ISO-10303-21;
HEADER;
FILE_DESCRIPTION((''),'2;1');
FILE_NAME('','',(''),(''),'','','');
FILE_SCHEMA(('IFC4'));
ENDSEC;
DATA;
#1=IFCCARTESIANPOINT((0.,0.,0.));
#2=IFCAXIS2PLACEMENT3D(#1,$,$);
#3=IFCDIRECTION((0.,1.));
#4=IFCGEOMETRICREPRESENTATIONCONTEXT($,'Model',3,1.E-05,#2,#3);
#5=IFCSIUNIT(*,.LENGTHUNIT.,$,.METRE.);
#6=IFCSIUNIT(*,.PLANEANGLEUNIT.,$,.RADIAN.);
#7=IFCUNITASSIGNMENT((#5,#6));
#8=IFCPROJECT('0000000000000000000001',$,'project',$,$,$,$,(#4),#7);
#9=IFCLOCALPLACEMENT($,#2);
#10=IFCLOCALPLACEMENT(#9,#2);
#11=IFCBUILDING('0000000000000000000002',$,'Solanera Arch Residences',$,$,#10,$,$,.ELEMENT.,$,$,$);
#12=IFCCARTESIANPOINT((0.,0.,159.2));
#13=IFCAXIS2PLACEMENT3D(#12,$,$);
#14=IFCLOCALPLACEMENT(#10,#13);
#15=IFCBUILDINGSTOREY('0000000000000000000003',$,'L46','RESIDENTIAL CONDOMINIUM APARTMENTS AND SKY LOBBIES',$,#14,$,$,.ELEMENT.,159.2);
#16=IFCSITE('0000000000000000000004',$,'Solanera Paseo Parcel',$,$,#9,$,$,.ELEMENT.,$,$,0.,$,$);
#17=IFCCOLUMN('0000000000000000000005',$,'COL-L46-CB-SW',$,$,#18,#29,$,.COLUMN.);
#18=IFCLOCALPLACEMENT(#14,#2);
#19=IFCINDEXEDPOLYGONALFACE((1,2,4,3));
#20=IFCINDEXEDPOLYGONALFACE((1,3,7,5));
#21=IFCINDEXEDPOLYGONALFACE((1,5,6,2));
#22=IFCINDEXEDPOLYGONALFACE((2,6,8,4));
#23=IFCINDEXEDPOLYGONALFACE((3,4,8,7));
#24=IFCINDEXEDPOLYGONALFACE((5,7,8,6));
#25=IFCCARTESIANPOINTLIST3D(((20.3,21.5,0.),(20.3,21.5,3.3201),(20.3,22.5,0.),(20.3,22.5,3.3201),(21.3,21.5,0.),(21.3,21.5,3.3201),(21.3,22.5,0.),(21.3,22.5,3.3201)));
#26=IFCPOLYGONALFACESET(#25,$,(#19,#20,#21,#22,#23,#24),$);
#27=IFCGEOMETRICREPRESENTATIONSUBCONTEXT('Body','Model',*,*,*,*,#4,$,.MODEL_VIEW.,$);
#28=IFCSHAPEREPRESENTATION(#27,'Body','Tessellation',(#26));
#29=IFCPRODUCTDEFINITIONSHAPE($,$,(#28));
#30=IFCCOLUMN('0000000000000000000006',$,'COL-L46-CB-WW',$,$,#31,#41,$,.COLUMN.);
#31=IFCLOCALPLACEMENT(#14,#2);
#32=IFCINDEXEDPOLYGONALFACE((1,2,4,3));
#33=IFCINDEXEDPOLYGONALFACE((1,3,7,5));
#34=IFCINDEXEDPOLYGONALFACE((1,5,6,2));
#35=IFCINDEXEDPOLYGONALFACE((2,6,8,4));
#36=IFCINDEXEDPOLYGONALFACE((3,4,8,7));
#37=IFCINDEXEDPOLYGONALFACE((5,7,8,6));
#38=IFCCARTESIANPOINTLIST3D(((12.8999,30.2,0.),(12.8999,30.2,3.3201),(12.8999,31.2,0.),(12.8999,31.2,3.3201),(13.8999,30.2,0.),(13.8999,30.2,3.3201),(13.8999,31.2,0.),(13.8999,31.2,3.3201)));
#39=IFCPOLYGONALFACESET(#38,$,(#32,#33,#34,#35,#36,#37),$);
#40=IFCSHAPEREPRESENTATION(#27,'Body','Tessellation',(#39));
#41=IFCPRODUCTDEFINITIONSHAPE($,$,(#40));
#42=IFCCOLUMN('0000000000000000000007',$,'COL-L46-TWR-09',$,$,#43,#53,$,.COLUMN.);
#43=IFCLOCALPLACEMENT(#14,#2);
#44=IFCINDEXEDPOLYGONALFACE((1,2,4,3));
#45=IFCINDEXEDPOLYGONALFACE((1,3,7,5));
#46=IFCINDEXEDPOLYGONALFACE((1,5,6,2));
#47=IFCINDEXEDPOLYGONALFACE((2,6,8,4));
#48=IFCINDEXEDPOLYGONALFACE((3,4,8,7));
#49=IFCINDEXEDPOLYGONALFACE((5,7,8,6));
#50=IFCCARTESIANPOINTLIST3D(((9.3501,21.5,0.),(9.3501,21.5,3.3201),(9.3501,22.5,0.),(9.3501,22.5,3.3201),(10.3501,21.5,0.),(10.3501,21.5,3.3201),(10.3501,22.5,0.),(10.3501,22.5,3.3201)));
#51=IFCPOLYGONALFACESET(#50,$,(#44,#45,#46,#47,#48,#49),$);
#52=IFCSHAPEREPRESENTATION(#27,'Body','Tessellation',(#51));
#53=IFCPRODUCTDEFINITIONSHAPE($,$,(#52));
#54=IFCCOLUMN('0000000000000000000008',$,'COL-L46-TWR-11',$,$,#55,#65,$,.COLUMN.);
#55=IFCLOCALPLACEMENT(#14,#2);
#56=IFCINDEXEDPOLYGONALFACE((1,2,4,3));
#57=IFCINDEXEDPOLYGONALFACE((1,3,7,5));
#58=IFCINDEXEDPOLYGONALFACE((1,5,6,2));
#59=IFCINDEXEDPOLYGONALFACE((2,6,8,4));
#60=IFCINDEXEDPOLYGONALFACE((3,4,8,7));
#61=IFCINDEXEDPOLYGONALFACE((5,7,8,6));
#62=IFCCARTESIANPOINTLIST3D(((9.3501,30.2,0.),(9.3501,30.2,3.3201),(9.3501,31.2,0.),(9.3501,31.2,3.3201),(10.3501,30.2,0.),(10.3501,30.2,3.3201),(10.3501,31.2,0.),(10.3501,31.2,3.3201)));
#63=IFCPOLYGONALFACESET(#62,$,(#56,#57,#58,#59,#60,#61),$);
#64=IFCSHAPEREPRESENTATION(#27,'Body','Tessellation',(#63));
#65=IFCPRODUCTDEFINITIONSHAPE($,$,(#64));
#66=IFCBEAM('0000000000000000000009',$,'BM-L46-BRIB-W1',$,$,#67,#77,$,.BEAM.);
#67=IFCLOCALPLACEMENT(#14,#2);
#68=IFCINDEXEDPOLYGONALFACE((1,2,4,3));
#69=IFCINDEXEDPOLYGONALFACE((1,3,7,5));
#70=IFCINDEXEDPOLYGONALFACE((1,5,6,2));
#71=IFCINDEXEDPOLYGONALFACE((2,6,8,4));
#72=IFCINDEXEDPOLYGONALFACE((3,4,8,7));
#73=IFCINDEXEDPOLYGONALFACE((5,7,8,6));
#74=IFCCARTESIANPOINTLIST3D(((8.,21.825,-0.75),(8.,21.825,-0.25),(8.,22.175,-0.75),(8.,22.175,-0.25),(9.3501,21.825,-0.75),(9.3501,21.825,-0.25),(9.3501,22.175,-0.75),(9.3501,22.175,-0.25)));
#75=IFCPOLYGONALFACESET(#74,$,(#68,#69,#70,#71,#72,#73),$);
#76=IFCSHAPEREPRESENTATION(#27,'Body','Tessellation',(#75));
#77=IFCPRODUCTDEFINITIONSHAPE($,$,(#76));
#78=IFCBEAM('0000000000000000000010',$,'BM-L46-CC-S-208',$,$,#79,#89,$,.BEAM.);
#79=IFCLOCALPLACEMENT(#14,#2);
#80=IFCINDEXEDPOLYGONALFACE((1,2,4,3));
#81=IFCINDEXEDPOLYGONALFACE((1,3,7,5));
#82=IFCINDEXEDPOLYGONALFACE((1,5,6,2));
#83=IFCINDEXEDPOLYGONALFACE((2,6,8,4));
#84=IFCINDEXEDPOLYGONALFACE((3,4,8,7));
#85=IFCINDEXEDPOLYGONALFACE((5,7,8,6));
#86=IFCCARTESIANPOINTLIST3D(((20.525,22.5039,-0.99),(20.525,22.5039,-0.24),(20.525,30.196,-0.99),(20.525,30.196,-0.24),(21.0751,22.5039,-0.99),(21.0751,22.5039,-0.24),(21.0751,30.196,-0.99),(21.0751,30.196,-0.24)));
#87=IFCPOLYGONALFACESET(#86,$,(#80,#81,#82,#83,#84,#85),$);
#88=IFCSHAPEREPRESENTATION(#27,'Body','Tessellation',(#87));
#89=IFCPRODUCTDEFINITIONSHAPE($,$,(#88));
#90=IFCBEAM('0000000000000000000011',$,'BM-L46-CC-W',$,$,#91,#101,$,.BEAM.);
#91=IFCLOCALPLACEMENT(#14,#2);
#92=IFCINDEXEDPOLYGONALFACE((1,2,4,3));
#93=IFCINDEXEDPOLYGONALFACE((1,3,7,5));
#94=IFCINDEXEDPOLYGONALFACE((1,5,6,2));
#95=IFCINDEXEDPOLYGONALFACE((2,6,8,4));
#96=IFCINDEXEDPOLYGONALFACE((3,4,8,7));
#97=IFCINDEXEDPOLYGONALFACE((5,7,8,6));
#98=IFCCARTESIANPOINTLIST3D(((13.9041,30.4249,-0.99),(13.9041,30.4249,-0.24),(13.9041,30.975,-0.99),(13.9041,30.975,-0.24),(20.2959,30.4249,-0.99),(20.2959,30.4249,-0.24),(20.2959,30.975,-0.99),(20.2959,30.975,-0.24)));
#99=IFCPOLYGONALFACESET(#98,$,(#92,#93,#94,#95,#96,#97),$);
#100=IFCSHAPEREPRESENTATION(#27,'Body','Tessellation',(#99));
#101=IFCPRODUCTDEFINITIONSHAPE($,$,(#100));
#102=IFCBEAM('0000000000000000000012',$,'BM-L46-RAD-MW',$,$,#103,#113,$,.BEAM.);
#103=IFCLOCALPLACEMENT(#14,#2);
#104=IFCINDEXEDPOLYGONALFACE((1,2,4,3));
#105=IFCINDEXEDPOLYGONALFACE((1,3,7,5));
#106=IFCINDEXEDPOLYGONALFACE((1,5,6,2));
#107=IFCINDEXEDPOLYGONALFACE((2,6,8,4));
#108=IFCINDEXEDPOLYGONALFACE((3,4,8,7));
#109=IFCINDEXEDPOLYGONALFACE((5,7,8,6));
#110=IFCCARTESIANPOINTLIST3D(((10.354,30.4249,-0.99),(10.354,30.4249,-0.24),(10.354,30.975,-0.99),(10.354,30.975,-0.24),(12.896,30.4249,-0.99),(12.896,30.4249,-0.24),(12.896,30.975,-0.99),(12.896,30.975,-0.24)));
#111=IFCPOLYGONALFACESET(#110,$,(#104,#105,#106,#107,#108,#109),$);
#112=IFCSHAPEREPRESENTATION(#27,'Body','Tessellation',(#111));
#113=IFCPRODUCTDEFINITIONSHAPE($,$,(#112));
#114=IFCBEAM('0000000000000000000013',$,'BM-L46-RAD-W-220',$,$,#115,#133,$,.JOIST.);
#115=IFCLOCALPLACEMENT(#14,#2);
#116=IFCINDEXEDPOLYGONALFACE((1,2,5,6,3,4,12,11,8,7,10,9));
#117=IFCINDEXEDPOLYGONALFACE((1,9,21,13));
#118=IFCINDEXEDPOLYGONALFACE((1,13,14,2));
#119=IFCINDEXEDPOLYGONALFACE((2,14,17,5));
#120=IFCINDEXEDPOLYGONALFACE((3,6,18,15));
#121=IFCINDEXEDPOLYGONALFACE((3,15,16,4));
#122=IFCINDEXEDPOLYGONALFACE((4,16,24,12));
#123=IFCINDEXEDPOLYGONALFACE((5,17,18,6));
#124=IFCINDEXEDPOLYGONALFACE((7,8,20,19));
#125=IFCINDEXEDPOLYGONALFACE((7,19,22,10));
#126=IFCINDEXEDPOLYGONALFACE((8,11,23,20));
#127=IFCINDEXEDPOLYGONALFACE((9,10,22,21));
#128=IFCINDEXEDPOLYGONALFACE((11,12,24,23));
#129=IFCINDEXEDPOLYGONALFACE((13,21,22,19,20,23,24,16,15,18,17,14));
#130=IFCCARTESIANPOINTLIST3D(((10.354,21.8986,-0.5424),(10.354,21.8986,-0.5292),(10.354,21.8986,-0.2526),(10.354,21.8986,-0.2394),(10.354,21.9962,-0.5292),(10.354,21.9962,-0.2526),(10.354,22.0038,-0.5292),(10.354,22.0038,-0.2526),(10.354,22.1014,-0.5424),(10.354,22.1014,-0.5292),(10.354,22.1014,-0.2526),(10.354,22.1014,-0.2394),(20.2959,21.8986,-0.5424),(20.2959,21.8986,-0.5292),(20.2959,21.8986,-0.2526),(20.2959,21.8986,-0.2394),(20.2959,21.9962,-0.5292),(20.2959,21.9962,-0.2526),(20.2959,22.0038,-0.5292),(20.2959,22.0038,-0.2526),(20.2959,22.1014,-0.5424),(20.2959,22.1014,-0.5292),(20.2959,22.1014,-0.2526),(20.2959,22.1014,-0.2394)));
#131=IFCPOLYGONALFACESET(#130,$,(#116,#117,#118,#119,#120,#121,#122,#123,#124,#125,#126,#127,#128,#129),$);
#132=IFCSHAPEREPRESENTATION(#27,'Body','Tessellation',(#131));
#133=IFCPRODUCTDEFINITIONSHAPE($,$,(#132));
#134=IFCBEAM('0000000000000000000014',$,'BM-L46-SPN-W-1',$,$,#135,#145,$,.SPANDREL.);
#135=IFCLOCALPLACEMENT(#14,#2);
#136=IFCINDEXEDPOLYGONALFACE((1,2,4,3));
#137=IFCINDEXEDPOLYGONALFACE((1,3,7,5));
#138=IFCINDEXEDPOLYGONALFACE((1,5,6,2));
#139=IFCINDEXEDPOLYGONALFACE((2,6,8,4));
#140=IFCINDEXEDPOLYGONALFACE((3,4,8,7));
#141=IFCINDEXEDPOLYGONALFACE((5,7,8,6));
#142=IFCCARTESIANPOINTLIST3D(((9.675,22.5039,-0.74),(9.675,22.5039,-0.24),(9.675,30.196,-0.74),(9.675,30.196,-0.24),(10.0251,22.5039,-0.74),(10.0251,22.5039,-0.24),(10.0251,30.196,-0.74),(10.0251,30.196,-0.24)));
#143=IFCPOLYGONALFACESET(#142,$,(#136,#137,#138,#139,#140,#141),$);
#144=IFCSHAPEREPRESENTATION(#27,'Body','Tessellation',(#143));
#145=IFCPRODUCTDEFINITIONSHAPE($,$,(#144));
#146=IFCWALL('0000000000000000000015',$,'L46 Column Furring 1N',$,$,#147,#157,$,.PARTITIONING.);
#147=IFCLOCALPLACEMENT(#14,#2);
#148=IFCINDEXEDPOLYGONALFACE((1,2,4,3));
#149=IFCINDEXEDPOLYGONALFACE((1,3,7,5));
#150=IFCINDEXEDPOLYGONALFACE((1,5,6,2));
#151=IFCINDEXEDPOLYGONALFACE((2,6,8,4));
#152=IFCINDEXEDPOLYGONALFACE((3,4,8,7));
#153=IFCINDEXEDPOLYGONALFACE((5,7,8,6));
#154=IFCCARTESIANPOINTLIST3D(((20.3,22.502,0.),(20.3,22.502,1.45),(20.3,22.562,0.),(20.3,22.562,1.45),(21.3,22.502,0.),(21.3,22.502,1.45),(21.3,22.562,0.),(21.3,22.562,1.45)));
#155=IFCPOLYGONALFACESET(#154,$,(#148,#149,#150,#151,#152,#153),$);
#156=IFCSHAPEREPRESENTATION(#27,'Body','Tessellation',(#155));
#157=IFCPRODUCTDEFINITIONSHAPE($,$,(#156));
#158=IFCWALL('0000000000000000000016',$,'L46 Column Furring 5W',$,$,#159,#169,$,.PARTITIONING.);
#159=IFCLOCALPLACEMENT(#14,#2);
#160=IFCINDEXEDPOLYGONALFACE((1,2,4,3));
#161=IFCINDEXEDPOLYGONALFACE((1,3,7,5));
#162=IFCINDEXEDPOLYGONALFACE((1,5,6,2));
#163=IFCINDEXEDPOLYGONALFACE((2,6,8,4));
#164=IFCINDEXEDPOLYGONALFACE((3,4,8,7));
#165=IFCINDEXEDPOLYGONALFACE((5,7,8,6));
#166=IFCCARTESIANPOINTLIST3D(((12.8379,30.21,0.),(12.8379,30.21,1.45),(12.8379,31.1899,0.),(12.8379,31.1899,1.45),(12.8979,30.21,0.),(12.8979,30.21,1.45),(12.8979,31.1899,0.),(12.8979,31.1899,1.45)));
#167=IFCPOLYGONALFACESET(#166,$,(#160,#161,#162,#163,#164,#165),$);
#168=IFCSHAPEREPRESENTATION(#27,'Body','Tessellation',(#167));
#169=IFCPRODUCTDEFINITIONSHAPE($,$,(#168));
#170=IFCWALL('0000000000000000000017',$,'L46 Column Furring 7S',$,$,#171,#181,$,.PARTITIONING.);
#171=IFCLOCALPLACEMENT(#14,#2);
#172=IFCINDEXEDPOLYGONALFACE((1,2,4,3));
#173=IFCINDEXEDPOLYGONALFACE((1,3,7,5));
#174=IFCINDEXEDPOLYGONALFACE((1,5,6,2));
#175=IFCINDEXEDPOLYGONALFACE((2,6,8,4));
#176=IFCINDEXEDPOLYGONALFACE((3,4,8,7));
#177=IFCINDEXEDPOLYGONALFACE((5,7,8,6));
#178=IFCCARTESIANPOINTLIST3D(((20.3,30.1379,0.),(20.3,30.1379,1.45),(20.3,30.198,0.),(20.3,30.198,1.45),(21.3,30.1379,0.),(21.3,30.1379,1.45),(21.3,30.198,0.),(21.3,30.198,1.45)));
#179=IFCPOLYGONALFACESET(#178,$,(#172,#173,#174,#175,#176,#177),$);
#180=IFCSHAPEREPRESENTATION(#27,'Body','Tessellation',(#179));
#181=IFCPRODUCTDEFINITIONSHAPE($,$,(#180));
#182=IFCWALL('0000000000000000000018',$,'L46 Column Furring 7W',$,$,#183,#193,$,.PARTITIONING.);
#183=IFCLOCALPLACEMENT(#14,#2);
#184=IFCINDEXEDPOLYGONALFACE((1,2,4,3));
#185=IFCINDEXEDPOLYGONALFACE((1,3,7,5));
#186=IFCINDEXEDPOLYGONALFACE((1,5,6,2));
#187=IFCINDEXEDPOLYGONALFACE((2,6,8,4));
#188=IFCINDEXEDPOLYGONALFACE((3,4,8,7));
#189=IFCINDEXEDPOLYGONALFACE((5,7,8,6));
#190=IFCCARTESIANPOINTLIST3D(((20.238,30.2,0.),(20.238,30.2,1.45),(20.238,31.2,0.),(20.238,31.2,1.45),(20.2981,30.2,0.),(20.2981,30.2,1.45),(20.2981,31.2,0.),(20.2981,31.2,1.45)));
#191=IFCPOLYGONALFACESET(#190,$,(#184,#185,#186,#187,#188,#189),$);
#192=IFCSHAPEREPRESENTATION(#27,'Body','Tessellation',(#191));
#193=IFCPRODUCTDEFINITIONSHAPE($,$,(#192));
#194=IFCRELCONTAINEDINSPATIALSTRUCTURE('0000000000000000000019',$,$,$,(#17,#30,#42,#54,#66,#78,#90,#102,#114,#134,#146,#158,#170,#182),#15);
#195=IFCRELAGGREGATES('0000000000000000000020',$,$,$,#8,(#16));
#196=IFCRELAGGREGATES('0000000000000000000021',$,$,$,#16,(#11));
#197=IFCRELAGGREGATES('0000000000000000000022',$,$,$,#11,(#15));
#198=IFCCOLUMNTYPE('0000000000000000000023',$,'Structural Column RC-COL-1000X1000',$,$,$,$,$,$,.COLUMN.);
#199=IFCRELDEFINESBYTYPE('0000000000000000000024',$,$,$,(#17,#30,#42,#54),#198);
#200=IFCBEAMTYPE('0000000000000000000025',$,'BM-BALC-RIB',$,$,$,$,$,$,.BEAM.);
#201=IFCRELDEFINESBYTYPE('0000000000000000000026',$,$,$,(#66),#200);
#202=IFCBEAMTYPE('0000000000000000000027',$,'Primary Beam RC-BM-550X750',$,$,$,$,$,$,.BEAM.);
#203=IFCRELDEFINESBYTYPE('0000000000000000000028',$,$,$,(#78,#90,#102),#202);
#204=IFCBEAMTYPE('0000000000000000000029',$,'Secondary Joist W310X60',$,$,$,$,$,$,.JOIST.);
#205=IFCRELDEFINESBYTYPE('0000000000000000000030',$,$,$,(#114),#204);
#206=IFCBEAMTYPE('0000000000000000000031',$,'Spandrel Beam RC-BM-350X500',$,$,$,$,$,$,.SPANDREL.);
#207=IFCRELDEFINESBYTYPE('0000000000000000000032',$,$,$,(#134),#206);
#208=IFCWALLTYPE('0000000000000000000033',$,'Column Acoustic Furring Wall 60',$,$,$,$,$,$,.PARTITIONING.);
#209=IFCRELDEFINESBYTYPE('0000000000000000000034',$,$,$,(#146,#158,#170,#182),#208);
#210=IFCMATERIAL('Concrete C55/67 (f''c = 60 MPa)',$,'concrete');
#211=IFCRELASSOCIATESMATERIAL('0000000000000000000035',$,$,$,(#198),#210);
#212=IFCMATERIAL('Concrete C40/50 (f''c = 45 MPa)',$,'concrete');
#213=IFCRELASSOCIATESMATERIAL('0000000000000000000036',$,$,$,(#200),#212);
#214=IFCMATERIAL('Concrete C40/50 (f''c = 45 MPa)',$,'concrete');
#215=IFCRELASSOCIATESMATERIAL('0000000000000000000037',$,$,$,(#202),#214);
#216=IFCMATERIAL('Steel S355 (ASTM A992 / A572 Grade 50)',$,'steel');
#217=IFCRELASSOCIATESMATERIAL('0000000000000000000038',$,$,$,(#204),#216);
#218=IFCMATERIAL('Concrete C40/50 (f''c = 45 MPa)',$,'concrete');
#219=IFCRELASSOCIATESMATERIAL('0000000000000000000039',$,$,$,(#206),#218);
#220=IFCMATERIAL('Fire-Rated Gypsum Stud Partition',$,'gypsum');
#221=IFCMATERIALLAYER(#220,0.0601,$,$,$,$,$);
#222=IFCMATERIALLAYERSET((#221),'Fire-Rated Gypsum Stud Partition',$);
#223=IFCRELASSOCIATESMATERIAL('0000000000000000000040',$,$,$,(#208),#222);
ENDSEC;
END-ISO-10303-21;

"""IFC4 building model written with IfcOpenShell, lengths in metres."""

from ifc_helpers import new_model, si_unit, direction, frame, frame_2d, origin, origin_2d, place, context, subcontext, project, spatial, rectangle, i_section, extrude, material, layer, layer_set, material_profile, profile_set, type_object, element, save


model = new_model("IFC4")

# Units and contexts
model_context = context("Model", 3, precision=1e-05, world=origin(), true_north=direction((0.0, 1.0)))
body_context = subcontext(model_context, "Body", "Model", "MODEL_VIEW")
ifc_project = project(units=[si_unit("LENGTHUNIT", "METRE"), si_unit("PLANEANGLEUNIT", "RADIAN")], contexts=[model_context])

# Site, building, storey
site_placement = place(None, origin())
site = spatial("IfcSite", under=ifc_project, at=site_placement, Name="Solanera Paseo Parcel", CompositionType="ELEMENT", RefElevation=0.0)
building_placement = place(site_placement, origin())
building = spatial("IfcBuilding", under=site, at=building_placement, Name="Solanera Arch Residences", CompositionType="ELEMENT")
storey_placement = place(building_placement, frame((0.0, 0.0, 159.2)))
storey = spatial("IfcBuildingStorey", under=building, at=storey_placement, Name="L46", Description="RESIDENTIAL CONDOMINIUM APARTMENTS AND SKY LOBBIES", CompositionType="ELEMENT", Elevation=159.2)

# Columns
ifc_material_1 = material(Name="Concrete C55/67 (f'c = 60 MPa)", Category="concrete")
ifc_material_profile_1 = material_profile(ifc_material_1, rectangle(XDim=1.0, YDim=1.0, at=origin_2d()))
ifc_profile_set_1 = profile_set([ifc_material_profile_1], Name="Concrete C55/67 (f'c = 60 MPa)")
column_type = type_object("IfcColumnType", Name="Structural Column RC-COL-1000X1000", PredefinedType="COLUMN", material=ifc_profile_set_1)
for number, where, z_axis, x_axis, name in (
    (1, (20.8, 22.0, 0.0), (0.0, 0.0, 1.0), (1.0, 0.0, 0.0), "COL-L46-CB-SW"),
    (2, (13.3999, 30.7, 0.0), (0.0, 0.0, 1.0), (1.0, 0.0, 0.0), "COL-L46-CB-WW"),
    (3, (9.8501, 22.0, 0.0), (0.0, 0.0, 1.0), (1.0, 0.0, 0.0), "COL-L46-TWR-09"),
    (4, (9.8501, 30.7, 0.0), (0.0, 0.0, 1.0), (1.0, 0.0, 0.0), "COL-L46-TWR-11"),
):
    element("IfcColumn", number, at=place(storey_placement, frame(where, z_axis=z_axis, x_axis=x_axis)), inside=storey, type_object=column_type, Name=name, PredefinedType="COLUMN", context=body_context, shape_type="SweptSolid", body=[
        extrude(rectangle(XDim=1.0, YDim=1.0, at=origin_2d()), origin(), (0.0, 0.0, 1.0), 3.3201),
    ])

# Beams
ifc_material_2 = material(Name="Concrete C40/50 (f'c = 45 MPa)", Category="concrete")
ifc_material_profile_2 = material_profile(ifc_material_2, rectangle(XDim=0.3501, YDim=0.5, at=origin_2d()))
ifc_profile_set_2 = profile_set([ifc_material_profile_2], Name="Concrete C40/50 (f'c = 45 MPa)")
beam_type_1 = type_object("IfcBeamType", Name="BM-BALC-RIB", PredefinedType="BEAM", material=ifc_profile_set_2)
beam_1_placement = place(storey_placement, frame((8.0, 22.0, -0.5), z_axis=(1.0, 0.0, 0.0), x_axis=(0.0, 1.0, 0.0)))
element("IfcBeam", 5, at=beam_1_placement, inside=storey, type_object=beam_type_1, Name="BM-L46-BRIB-W1", PredefinedType="BEAM", context=body_context, shape_type="SweptSolid", body=[
    extrude(rectangle(XDim=0.3501, YDim=0.5, at=origin_2d()), origin(), (0.0, 0.0, 1.0), 1.3501),
])
ifc_material_3 = material(Name="Concrete C40/50 (f'c = 45 MPa)", Category="concrete")
ifc_material_profile_3 = material_profile(ifc_material_3, rectangle(XDim=0.55, YDim=0.75, at=origin_2d()))
ifc_profile_set_3 = profile_set([ifc_material_profile_3], Name="Concrete C40/50 (f'c = 45 MPa)")
beam_type_2 = type_object("IfcBeamType", Name="Primary Beam RC-BM-550X750", PredefinedType="BEAM", material=ifc_profile_set_3)
beam_2_placement = place(storey_placement, frame((20.8, 22.5039, -0.615), z_axis=(0.0, 1.0, 0.0), x_axis=(-1.0, 0.0, 0.0)))
element("IfcBeam", 6, at=beam_2_placement, inside=storey, type_object=beam_type_2, Name="BM-L46-CC-S-208", PredefinedType="BEAM", context=body_context, shape_type="SweptSolid", body=[
    extrude(rectangle(XDim=0.55, YDim=0.75, at=origin_2d()), origin(), (0.0, 0.0, 1.0), 7.6921),
])
beam_3_placement = place(storey_placement, frame((13.9041, 30.7, -0.615), z_axis=(1.0, 0.0, 0.0), x_axis=(0.0, 1.0, 0.0)))
element("IfcBeam", 7, at=beam_3_placement, inside=storey, type_object=beam_type_2, Name="BM-L46-CC-W", PredefinedType="BEAM", context=body_context, shape_type="SweptSolid", body=[
    extrude(rectangle(XDim=0.55, YDim=0.75, at=origin_2d()), origin(), (0.0, 0.0, 1.0), 6.3918),
])
beam_4_placement = place(storey_placement, frame((10.354, 30.7, -0.615), z_axis=(1.0, 0.0, 0.0), x_axis=(0.0, 1.0, 0.0)))
element("IfcBeam", 8, at=beam_4_placement, inside=storey, type_object=beam_type_2, Name="BM-L46-RAD-MW", PredefinedType="BEAM", context=body_context, shape_type="SweptSolid", body=[
    extrude(rectangle(XDim=0.55, YDim=0.75, at=origin_2d()), origin(), (0.0, 0.0, 1.0), 2.542),
])
ifc_material_4 = material(Name="Steel S355 (ASTM A992 / A572 Grade 50)", Category="steel")
ifc_material_profile_4 = material_profile(ifc_material_4, i_section(OverallWidth=0.2029, OverallDepth=0.303, WebThickness=0.0076, FlangeThickness=0.0132, at=origin_2d()))
ifc_profile_set_4 = profile_set([ifc_material_profile_4], Name="Steel S355 (ASTM A992 / A572 Grade 50)")
beam_type_3 = type_object("IfcBeamType", Name="Secondary Joist W310X60", PredefinedType="JOIST", material=ifc_profile_set_4)
beam_5_placement = place(storey_placement, frame((10.354, 22.0, -0.3909), z_axis=(1.0, 0.0, 0.0), x_axis=(0.0, 1.0, 0.0)))
element("IfcBeam", 9, at=beam_5_placement, inside=storey, type_object=beam_type_3, Name="BM-L46-RAD-W-220", PredefinedType="JOIST", context=body_context, shape_type="SweptSolid", body=[
    extrude(i_section(OverallWidth=0.2029, OverallDepth=0.303, WebThickness=0.0076, FlangeThickness=0.0132, at=origin_2d()), origin(), (0.0, 0.0, 1.0), 9.9419),
])
ifc_material_5 = material(Name="Concrete C40/50 (f'c = 45 MPa)", Category="concrete")
ifc_material_profile_5 = material_profile(ifc_material_5, rectangle(XDim=0.3501, YDim=0.5, at=origin_2d()))
ifc_profile_set_5 = profile_set([ifc_material_profile_5], Name="Concrete C40/50 (f'c = 45 MPa)")
beam_type_4 = type_object("IfcBeamType", Name="Spandrel Beam RC-BM-350X500", PredefinedType="SPANDREL", material=ifc_profile_set_5)
beam_6_placement = place(storey_placement, frame((9.8501, 22.5039, -0.49), z_axis=(0.0, 1.0, 0.0), x_axis=(-1.0, 0.0, 0.0)))
element("IfcBeam", 10, at=beam_6_placement, inside=storey, type_object=beam_type_4, Name="BM-L46-SPN-W-1", PredefinedType="SPANDREL", context=body_context, shape_type="SweptSolid", body=[
    extrude(rectangle(XDim=0.3501, YDim=0.5, at=origin_2d()), origin(), (0.0, 0.0, 1.0), 7.6921),
])

# Walls
ifc_material_6 = material(Name="Fire-Rated Gypsum Stud Partition", Category="gypsum")
ifc_layer_1 = layer(ifc_material_6, 0.0601)
ifc_layer_set_1 = layer_set([ifc_layer_1], Name="Fire-Rated Gypsum Stud Partition")
wall_type_1 = type_object("IfcWallType", Name="Column Acoustic Furring Wall 60", PredefinedType="PARTITIONING", material=ifc_layer_set_1)
wall_1_placement = place(storey_placement, frame((20.3, 22.532, 0.0), z_axis=(0.0, 0.0, 1.0), x_axis=(1.0, 0.0, 0.0)))
element("IfcWall", 11, at=wall_1_placement, inside=storey, type_object=wall_type_1, Name="L46 Column Furring 1N", PredefinedType="PARTITIONING", context=body_context, shape_type="SweptSolid", body=[
    extrude(rectangle(XDim=1.0, YDim=0.0601, at=frame_2d((0.5, 0.0))), origin(), (0.0, 0.0, 1.0), 1.45),
])
wall_2_placement = place(storey_placement, frame((12.8679, 30.21, 0.0), z_axis=(0.0, 0.0, 1.0), x_axis=(0.0, 1.0, 0.0)))
element("IfcWall", 12, at=wall_2_placement, inside=storey, type_object=wall_type_1, Name="L46 Column Furring 5W", PredefinedType="PARTITIONING", context=body_context, shape_type="SweptSolid", body=[
    extrude(rectangle(XDim=0.98, YDim=0.0601, at=frame_2d((0.49, 0.0))), origin(), (0.0, 0.0, 1.0), 1.45),
])
for number, where, z_axis, x_axis, name in (
    (13, (20.3, 30.168, 0.0), (0.0, 0.0, 1.0), (1.0, 0.0, 0.0), "L46 Column Furring 7S"),
    (14, (20.2681, 30.2, 0.0), (0.0, 0.0, 1.0), (0.0, 1.0, 0.0), "L46 Column Furring 7W"),
):
    element("IfcWall", number, at=place(storey_placement, frame(where, z_axis=z_axis, x_axis=x_axis)), inside=storey, type_object=wall_type_1, Name=name, PredefinedType="PARTITIONING", context=body_context, shape_type="SweptSolid", body=[
        extrude(rectangle(XDim=1.0, YDim=0.0601, at=frame_2d((0.5, 0.0))), origin(), (0.0, 0.0, 1.0), 1.45),
    ])

save(model, "model.ifc")
